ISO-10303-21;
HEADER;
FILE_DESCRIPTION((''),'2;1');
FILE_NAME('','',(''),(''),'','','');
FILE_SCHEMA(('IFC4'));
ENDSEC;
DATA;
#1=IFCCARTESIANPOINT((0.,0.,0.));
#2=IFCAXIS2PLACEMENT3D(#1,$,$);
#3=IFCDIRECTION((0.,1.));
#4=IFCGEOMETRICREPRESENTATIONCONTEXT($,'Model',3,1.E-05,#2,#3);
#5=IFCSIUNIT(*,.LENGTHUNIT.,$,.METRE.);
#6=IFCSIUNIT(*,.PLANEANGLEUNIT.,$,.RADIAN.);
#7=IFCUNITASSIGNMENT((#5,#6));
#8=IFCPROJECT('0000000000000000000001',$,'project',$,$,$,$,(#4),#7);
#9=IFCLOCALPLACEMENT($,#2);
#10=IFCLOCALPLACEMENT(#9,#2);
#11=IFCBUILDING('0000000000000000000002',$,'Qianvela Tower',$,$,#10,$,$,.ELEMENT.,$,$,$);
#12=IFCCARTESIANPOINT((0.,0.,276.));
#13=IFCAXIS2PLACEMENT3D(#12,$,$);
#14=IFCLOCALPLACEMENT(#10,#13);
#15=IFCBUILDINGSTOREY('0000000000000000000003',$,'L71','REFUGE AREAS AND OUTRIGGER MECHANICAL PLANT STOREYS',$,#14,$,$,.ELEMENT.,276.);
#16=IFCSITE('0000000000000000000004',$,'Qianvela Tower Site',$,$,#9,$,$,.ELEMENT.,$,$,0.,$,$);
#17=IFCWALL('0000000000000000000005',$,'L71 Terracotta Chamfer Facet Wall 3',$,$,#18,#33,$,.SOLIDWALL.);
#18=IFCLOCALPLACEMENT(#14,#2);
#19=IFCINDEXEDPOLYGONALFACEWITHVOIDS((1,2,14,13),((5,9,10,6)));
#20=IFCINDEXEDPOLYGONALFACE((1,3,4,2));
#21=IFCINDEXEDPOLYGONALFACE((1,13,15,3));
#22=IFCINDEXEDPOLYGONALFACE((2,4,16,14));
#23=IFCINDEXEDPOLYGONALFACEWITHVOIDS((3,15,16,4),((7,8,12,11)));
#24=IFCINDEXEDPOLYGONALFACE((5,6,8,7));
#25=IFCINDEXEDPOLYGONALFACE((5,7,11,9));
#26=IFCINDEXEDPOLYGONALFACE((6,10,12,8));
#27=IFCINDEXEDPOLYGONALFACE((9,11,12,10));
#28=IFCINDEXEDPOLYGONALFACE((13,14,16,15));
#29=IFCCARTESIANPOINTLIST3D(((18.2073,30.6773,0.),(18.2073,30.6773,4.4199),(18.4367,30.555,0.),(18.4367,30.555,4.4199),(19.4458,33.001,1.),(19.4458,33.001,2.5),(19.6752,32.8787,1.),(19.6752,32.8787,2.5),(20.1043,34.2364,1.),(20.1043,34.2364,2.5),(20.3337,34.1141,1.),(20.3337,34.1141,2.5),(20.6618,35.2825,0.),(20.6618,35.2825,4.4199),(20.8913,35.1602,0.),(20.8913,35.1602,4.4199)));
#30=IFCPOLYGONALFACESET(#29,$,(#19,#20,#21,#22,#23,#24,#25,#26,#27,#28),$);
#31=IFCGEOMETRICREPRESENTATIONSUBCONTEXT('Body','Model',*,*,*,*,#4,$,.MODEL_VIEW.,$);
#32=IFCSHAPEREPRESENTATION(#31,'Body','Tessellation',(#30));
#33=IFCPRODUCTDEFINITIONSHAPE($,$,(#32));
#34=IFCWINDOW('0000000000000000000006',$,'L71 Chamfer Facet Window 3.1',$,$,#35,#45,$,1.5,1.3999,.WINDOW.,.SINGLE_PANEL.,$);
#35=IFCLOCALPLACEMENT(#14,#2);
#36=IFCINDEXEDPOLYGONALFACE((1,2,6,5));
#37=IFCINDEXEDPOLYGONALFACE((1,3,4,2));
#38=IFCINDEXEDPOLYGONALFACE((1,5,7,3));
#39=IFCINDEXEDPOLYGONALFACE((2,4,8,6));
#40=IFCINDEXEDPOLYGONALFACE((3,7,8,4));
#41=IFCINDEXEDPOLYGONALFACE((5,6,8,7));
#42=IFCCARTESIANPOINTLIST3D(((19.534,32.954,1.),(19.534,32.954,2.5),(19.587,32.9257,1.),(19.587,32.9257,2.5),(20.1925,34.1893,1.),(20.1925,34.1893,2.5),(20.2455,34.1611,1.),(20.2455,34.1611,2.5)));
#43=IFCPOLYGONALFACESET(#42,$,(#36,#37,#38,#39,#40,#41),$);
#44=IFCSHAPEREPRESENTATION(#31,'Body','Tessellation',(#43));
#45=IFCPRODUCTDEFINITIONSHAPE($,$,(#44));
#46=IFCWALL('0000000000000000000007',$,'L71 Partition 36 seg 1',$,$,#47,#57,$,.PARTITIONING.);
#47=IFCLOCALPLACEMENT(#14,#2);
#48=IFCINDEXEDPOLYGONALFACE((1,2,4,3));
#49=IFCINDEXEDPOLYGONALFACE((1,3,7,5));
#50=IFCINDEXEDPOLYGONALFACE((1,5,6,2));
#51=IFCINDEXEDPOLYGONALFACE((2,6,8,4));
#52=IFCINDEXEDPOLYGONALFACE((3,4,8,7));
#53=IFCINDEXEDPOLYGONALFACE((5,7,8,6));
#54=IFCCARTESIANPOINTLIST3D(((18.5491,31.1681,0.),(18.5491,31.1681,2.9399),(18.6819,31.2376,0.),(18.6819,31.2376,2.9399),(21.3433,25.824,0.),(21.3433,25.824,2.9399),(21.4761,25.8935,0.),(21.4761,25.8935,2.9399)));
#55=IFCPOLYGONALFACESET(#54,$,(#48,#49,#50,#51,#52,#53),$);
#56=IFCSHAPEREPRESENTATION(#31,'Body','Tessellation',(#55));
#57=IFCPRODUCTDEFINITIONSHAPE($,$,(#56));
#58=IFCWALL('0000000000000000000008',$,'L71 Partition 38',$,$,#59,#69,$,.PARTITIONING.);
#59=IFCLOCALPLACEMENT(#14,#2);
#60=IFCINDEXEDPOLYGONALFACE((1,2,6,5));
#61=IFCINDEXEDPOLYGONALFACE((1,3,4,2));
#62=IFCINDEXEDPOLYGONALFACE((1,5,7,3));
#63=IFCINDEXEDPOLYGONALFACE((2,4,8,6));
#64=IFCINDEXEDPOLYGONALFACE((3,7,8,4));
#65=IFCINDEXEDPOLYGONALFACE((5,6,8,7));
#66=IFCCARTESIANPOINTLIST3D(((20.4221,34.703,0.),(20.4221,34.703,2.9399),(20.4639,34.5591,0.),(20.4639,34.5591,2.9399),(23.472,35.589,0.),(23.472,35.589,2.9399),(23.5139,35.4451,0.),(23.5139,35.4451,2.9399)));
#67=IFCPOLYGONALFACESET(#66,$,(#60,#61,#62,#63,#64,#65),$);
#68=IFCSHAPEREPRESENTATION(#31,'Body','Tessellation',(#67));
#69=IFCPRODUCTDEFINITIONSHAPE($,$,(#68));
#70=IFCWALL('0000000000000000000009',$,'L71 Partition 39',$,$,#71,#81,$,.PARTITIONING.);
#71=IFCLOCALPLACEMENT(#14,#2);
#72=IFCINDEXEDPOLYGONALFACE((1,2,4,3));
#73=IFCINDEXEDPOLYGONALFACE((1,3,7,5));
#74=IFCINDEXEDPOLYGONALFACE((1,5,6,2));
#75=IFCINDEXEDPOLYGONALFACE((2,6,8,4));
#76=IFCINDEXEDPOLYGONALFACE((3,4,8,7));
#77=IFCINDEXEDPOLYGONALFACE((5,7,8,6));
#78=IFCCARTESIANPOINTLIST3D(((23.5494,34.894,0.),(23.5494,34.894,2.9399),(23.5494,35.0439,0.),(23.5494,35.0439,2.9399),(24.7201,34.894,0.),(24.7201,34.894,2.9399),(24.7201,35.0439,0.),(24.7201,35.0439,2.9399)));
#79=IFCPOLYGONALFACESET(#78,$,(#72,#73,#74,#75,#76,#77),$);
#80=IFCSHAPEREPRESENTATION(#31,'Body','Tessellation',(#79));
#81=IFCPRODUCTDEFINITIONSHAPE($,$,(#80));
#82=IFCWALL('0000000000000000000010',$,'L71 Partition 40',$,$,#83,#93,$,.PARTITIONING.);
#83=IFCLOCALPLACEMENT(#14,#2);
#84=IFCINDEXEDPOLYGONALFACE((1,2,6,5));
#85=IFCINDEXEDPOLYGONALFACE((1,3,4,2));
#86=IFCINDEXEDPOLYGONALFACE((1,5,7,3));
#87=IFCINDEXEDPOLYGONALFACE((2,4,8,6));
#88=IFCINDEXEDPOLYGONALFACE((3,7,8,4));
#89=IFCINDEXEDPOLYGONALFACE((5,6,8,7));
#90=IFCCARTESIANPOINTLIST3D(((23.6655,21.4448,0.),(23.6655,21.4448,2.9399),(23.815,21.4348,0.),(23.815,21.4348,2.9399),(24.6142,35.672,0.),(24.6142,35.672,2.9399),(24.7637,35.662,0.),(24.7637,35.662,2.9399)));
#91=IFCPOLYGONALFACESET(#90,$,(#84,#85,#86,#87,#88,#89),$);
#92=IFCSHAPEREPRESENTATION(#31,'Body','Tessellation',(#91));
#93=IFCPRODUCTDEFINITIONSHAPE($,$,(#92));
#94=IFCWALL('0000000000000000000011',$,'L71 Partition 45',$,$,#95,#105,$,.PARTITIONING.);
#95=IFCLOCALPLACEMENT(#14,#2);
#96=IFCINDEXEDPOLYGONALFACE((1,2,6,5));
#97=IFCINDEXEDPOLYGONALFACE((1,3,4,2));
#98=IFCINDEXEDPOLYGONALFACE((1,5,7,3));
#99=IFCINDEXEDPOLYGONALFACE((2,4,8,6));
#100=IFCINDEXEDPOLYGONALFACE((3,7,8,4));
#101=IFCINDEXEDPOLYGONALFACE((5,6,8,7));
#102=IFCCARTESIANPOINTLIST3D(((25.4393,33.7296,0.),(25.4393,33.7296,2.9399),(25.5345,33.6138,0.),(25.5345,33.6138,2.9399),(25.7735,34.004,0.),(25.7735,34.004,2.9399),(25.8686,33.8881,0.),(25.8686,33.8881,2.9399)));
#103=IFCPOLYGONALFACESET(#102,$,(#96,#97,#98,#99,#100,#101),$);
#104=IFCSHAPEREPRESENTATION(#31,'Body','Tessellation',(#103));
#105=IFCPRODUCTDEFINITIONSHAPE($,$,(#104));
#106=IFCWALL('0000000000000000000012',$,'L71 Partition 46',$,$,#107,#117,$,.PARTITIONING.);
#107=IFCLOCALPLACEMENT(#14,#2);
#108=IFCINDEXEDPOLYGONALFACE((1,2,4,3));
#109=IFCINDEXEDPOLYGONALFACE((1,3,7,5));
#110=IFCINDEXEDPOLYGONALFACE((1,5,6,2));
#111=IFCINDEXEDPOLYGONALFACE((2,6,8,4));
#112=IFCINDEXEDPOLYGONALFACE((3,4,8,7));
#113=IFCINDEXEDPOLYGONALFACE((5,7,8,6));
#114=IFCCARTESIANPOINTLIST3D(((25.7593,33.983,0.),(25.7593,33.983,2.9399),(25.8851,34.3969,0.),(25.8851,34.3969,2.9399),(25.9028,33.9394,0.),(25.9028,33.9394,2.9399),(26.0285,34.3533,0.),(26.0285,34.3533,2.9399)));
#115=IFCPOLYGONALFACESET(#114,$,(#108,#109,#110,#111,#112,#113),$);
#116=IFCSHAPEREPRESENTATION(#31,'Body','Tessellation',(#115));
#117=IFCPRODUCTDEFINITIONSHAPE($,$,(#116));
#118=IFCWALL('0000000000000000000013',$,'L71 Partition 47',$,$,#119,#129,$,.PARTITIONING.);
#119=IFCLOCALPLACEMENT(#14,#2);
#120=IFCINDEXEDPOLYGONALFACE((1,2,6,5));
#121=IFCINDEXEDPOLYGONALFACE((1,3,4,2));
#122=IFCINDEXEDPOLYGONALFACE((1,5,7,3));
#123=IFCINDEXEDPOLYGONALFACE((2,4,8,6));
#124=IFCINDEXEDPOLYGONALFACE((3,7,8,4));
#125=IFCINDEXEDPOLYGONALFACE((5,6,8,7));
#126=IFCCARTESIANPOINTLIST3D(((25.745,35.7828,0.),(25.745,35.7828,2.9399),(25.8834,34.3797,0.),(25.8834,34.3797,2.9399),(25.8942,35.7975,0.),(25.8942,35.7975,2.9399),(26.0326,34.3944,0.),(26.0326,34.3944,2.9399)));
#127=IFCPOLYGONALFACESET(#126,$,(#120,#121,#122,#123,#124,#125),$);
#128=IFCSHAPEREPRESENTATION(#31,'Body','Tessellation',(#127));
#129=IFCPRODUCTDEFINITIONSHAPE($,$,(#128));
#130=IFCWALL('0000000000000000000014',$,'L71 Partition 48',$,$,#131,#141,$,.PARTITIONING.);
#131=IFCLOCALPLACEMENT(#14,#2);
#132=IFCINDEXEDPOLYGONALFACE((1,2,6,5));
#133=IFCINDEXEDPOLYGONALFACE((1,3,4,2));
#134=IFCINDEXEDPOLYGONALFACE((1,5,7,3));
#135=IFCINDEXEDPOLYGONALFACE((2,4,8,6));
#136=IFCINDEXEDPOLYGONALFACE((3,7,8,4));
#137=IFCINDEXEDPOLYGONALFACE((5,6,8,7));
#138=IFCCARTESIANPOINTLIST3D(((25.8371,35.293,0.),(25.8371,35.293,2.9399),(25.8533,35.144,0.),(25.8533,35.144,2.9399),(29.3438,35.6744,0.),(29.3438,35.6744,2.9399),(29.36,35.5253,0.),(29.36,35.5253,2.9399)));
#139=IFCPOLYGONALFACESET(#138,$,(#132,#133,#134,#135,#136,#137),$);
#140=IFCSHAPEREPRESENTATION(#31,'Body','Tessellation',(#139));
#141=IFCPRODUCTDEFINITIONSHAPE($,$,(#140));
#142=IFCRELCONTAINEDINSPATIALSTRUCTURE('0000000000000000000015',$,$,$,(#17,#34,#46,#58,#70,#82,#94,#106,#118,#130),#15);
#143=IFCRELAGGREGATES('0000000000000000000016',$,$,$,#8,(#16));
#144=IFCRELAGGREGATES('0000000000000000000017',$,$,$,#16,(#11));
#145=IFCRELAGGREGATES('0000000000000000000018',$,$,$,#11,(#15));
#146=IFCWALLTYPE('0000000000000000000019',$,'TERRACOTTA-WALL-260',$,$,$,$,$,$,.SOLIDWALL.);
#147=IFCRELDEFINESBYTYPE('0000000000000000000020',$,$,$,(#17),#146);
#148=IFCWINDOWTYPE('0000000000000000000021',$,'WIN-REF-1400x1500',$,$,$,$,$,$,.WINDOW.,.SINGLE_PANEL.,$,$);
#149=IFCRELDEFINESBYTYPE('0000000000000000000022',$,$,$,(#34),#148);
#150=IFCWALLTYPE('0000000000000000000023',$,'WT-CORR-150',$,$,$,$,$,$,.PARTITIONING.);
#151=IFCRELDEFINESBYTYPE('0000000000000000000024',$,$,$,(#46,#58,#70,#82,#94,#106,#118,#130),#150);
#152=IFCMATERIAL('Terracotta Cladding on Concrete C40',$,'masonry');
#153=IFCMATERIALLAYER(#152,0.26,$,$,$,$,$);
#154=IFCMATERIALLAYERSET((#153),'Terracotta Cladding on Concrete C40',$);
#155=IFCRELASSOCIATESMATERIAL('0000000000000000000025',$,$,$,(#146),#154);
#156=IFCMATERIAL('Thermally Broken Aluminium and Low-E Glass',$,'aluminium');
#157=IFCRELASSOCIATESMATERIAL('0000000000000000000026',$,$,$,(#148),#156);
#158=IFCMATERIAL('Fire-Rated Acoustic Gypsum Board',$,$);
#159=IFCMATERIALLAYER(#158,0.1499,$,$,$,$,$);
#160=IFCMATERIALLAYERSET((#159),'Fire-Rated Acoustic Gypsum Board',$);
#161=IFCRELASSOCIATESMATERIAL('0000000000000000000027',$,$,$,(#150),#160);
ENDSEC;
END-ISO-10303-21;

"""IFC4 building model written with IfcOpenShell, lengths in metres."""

from ifc_helpers import new_model, si_unit, direction, frame, frame_2d, origin, place, context, subcontext, project, spatial, rectangle, extrude, material, layer, layer_set, type_object, element, fill, save


model = new_model("IFC4")

# Units and contexts
model_context = context("Model", 3, precision=1e-05, world=origin(), true_north=direction((0.0, 1.0)))
body_context = subcontext(model_context, "Body", "Model", "MODEL_VIEW")
ifc_project = project(units=[si_unit("LENGTHUNIT", "METRE"), si_unit("PLANEANGLEUNIT", "RADIAN")], contexts=[model_context])

# Site, building, storey
site_placement = place(None, origin())
site = spatial("IfcSite", under=ifc_project, at=site_placement, Name="Qianvela Tower Site", CompositionType="ELEMENT", RefElevation=0.0)
building_placement = place(site_placement, origin())
building = spatial("IfcBuilding", under=site, at=building_placement, Name="Qianvela Tower", CompositionType="ELEMENT")
storey_placement = place(building_placement, frame((0.0, 0.0, 276.0)))
storey = spatial("IfcBuildingStorey", under=building, at=storey_placement, Name="L71", Description="REFUGE AREAS AND OUTRIGGER MECHANICAL PLANT STOREYS", CompositionType="ELEMENT", Elevation=276.0)

# Wall, opening, window
ifc_material_1 = material(Name="Terracotta Cladding on Concrete C40", Category="masonry")
ifc_layer_1 = layer(ifc_material_1, 0.26)
ifc_layer_set_1 = layer_set([ifc_layer_1], Name="Terracotta Cladding on Concrete C40")
wall_type_1 = type_object("IfcWallType", Name="TERRACOTTA-WALL-260", PredefinedType="SOLIDWALL", material=ifc_layer_set_1)
wall_1_placement = place(storey_placement, frame((20.7766, 35.2214, 0.0), z_axis=(0.0, 0.0, 1.0), x_axis=(-0.47036, -0.882475, 0.0)))
wall_1 = element("IfcWall", 1, at=wall_1_placement, inside=storey, type_object=wall_type_1, Name="L71 Terracotta Chamfer Facet Wall 3", PredefinedType="SOLIDWALL", context=body_context, shape_type="SweptSolid", body=[
    extrude(rectangle(XDim=5.2185, YDim=0.26, at=frame_2d((2.6094, 0.0))), origin(), (0.0, 0.0, 1.0), 4.4199),
])
opening_placement = place(wall_1_placement, frame((1.1855, 0.0, 1.0)))
opening = element("IfcOpeningElement", 2, at=opening_placement, cuts=wall_1, PredefinedType="OPENING", context=body_context, shape_type="SweptSolid", body=[
    extrude(rectangle(XDim=1.3999, YDim=1.5, at=frame_2d((0.7, 0.75))), frame((0.0, 0.1399, 0.0), z_axis=(0.0, -1.0, 0.0), x_axis=(1.0, 0.0, 0.0)), (0.0, 0.0, 1.0), 0.28),
])
ifc_material_2 = material(Name="Thermally Broken Aluminium and Low-E Glass", Category="aluminium")
window_type = type_object("IfcWindowType", Name="WIN-REF-1400x1500", PartitioningType="SINGLE_PANEL", PredefinedType="WINDOW", material=ifc_material_2)
window_placement = place(opening_placement, origin())
window = element("IfcWindow", 3, at=window_placement, inside=storey, type_object=window_type, Name="L71 Chamfer Facet Window 3.1", OverallHeight=1.5, OverallWidth=1.3999, PartitioningType="SINGLE_PANEL", PredefinedType="WINDOW", context=body_context, shape_type="SweptSolid", body=[
    extrude(rectangle(XDim=1.3999, YDim=1.5, at=frame_2d((0.7, 0.75))), frame((0.0, 0.03, 0.0), z_axis=(0.0, -1.0, 0.0), x_axis=(1.0, 0.0, 0.0)), (0.0, 0.0, 1.0), 0.0601),
])
fill(opening, window)

# Walls
ifc_material_3 = material(Name="Fire-Rated Acoustic Gypsum Board")
ifc_layer_2 = layer(ifc_material_3, 0.1499)
ifc_layer_set_2 = layer_set([ifc_layer_2], Name="Fire-Rated Acoustic Gypsum Board")
wall_type_2 = type_object("IfcWallType", Name="WT-CORR-150", PredefinedType="PARTITIONING", material=ifc_layer_set_2)
wall_2_placement = place(storey_placement, frame((21.4097, 25.8589, 0.0), z_axis=(0.0, 0.0, 1.0), x_axis=(-0.46335, 0.886175, 0.0)))
element("IfcWall", 4, at=wall_2_placement, inside=storey, type_object=wall_type_2, Name="L71 Partition 36 seg 1", PredefinedType="PARTITIONING", context=body_context, shape_type="SweptSolid", body=[
    extrude(rectangle(XDim=6.0305, YDim=0.1499, at=frame_2d((3.0151, 0.0))), origin(), (0.0, 0.0, 1.0), 2.9399),
])
wall_3_placement = place(storey_placement, frame((20.4431, 34.6311, 0.0), z_axis=(0.0, 0.0, 1.0), x_axis=(0.960305, 0.278952, 0.0)))
element("IfcWall", 5, at=wall_3_placement, inside=storey, type_object=wall_type_2, Name="L71 Partition 38", PredefinedType="PARTITIONING", context=body_context, shape_type="SweptSolid", body=[
    extrude(rectangle(XDim=3.176, YDim=0.1499, at=frame_2d((1.5879, 0.0))), origin(), (0.0, 0.0, 1.0), 2.9399),
])
wall_4_placement = place(storey_placement, frame((23.5493, 34.969, 0.0), z_axis=(0.0, 0.0, 1.0), x_axis=(1.0, 0.0, 0.0)))
element("IfcWall", 6, at=wall_4_placement, inside=storey, type_object=wall_type_2, Name="L71 Partition 39", PredefinedType="PARTITIONING", context=body_context, shape_type="SweptSolid", body=[
    extrude(rectangle(XDim=1.1707, YDim=0.1499, at=frame_2d((0.5854, 0.0))), origin(), (0.0, 0.0, 1.0), 2.9399),
])
wall_5_placement = place(storey_placement, frame((24.689, 35.667, 0.0), z_axis=(0.0, 0.0, 1.0), x_axis=(-0.066536, -0.997784, 0.0)))
element("IfcWall", 7, at=wall_5_placement, inside=storey, type_object=wall_type_2, Name="L71 Partition 40", PredefinedType="PARTITIONING", context=body_context, shape_type="SweptSolid", body=[
    extrude(rectangle(XDim=14.2588, YDim=0.1499, at=frame_2d((7.1294, 0.0))), origin(), (0.0, 0.0, 1.0), 2.9399),
])
wall_6_placement = place(storey_placement, frame((25.4868, 33.6716, 0.0), z_axis=(0.0, 0.0, 1.0), x_axis=(0.772875, 0.634559, 0.0)))
element("IfcWall", 8, at=wall_6_placement, inside=storey, type_object=wall_type_2, Name="L71 Partition 45", PredefinedType="PARTITIONING", context=body_context, shape_type="SweptSolid", body=[
    extrude(rectangle(XDim=0.4324, YDim=0.1499, at=frame_2d((0.2163, 0.0))), origin(), (0.0, 0.0, 1.0), 2.9399),
])
wall_7_placement = place(storey_placement, frame((25.8311, 33.9612, 0.0), z_axis=(0.0, 0.0, 1.0), x_axis=(0.290712, 0.956811, 0.0)))
element("IfcWall", 9, at=wall_7_placement, inside=storey, type_object=wall_type_2, Name="L71 Partition 46", PredefinedType="PARTITIONING", context=body_context, shape_type="SweptSolid", body=[
    extrude(rectangle(XDim=0.4326, YDim=0.1499, at=frame_2d((0.2163, 0.0))), origin(), (0.0, 0.0, 1.0), 2.9399),
])
wall_8_placement = place(storey_placement, frame((25.958, 34.387, 0.0), z_axis=(0.0, 0.0, 1.0), x_axis=(-0.098183, 0.995168, 0.0)))
element("IfcWall", 10, at=wall_8_placement, inside=storey, type_object=wall_type_2, Name="L71 Partition 47", PredefinedType="PARTITIONING", context=body_context, shape_type="SweptSolid", body=[
    extrude(rectangle(XDim=1.4099, YDim=0.1499, at=frame_2d((0.7051, 0.0))), origin(), (0.0, 0.0, 1.0), 2.9399),
])
wall_9_placement = place(storey_placement, frame((25.8452, 35.2185, 0.0), z_axis=(0.0, 0.0, 1.0), x_axis=(0.994138, 0.108114, 0.0)))
element("IfcWall", 11, at=wall_9_placement, inside=storey, type_object=wall_type_2, Name="L71 Partition 48", PredefinedType="PARTITIONING", context=body_context, shape_type="SweptSolid", body=[
    extrude(rectangle(XDim=3.5273, YDim=0.1499, at=frame_2d((1.7637, 0.0))), origin(), (0.0, 0.0, 1.0), 2.9399),
])

save(model, "model.ifc")
